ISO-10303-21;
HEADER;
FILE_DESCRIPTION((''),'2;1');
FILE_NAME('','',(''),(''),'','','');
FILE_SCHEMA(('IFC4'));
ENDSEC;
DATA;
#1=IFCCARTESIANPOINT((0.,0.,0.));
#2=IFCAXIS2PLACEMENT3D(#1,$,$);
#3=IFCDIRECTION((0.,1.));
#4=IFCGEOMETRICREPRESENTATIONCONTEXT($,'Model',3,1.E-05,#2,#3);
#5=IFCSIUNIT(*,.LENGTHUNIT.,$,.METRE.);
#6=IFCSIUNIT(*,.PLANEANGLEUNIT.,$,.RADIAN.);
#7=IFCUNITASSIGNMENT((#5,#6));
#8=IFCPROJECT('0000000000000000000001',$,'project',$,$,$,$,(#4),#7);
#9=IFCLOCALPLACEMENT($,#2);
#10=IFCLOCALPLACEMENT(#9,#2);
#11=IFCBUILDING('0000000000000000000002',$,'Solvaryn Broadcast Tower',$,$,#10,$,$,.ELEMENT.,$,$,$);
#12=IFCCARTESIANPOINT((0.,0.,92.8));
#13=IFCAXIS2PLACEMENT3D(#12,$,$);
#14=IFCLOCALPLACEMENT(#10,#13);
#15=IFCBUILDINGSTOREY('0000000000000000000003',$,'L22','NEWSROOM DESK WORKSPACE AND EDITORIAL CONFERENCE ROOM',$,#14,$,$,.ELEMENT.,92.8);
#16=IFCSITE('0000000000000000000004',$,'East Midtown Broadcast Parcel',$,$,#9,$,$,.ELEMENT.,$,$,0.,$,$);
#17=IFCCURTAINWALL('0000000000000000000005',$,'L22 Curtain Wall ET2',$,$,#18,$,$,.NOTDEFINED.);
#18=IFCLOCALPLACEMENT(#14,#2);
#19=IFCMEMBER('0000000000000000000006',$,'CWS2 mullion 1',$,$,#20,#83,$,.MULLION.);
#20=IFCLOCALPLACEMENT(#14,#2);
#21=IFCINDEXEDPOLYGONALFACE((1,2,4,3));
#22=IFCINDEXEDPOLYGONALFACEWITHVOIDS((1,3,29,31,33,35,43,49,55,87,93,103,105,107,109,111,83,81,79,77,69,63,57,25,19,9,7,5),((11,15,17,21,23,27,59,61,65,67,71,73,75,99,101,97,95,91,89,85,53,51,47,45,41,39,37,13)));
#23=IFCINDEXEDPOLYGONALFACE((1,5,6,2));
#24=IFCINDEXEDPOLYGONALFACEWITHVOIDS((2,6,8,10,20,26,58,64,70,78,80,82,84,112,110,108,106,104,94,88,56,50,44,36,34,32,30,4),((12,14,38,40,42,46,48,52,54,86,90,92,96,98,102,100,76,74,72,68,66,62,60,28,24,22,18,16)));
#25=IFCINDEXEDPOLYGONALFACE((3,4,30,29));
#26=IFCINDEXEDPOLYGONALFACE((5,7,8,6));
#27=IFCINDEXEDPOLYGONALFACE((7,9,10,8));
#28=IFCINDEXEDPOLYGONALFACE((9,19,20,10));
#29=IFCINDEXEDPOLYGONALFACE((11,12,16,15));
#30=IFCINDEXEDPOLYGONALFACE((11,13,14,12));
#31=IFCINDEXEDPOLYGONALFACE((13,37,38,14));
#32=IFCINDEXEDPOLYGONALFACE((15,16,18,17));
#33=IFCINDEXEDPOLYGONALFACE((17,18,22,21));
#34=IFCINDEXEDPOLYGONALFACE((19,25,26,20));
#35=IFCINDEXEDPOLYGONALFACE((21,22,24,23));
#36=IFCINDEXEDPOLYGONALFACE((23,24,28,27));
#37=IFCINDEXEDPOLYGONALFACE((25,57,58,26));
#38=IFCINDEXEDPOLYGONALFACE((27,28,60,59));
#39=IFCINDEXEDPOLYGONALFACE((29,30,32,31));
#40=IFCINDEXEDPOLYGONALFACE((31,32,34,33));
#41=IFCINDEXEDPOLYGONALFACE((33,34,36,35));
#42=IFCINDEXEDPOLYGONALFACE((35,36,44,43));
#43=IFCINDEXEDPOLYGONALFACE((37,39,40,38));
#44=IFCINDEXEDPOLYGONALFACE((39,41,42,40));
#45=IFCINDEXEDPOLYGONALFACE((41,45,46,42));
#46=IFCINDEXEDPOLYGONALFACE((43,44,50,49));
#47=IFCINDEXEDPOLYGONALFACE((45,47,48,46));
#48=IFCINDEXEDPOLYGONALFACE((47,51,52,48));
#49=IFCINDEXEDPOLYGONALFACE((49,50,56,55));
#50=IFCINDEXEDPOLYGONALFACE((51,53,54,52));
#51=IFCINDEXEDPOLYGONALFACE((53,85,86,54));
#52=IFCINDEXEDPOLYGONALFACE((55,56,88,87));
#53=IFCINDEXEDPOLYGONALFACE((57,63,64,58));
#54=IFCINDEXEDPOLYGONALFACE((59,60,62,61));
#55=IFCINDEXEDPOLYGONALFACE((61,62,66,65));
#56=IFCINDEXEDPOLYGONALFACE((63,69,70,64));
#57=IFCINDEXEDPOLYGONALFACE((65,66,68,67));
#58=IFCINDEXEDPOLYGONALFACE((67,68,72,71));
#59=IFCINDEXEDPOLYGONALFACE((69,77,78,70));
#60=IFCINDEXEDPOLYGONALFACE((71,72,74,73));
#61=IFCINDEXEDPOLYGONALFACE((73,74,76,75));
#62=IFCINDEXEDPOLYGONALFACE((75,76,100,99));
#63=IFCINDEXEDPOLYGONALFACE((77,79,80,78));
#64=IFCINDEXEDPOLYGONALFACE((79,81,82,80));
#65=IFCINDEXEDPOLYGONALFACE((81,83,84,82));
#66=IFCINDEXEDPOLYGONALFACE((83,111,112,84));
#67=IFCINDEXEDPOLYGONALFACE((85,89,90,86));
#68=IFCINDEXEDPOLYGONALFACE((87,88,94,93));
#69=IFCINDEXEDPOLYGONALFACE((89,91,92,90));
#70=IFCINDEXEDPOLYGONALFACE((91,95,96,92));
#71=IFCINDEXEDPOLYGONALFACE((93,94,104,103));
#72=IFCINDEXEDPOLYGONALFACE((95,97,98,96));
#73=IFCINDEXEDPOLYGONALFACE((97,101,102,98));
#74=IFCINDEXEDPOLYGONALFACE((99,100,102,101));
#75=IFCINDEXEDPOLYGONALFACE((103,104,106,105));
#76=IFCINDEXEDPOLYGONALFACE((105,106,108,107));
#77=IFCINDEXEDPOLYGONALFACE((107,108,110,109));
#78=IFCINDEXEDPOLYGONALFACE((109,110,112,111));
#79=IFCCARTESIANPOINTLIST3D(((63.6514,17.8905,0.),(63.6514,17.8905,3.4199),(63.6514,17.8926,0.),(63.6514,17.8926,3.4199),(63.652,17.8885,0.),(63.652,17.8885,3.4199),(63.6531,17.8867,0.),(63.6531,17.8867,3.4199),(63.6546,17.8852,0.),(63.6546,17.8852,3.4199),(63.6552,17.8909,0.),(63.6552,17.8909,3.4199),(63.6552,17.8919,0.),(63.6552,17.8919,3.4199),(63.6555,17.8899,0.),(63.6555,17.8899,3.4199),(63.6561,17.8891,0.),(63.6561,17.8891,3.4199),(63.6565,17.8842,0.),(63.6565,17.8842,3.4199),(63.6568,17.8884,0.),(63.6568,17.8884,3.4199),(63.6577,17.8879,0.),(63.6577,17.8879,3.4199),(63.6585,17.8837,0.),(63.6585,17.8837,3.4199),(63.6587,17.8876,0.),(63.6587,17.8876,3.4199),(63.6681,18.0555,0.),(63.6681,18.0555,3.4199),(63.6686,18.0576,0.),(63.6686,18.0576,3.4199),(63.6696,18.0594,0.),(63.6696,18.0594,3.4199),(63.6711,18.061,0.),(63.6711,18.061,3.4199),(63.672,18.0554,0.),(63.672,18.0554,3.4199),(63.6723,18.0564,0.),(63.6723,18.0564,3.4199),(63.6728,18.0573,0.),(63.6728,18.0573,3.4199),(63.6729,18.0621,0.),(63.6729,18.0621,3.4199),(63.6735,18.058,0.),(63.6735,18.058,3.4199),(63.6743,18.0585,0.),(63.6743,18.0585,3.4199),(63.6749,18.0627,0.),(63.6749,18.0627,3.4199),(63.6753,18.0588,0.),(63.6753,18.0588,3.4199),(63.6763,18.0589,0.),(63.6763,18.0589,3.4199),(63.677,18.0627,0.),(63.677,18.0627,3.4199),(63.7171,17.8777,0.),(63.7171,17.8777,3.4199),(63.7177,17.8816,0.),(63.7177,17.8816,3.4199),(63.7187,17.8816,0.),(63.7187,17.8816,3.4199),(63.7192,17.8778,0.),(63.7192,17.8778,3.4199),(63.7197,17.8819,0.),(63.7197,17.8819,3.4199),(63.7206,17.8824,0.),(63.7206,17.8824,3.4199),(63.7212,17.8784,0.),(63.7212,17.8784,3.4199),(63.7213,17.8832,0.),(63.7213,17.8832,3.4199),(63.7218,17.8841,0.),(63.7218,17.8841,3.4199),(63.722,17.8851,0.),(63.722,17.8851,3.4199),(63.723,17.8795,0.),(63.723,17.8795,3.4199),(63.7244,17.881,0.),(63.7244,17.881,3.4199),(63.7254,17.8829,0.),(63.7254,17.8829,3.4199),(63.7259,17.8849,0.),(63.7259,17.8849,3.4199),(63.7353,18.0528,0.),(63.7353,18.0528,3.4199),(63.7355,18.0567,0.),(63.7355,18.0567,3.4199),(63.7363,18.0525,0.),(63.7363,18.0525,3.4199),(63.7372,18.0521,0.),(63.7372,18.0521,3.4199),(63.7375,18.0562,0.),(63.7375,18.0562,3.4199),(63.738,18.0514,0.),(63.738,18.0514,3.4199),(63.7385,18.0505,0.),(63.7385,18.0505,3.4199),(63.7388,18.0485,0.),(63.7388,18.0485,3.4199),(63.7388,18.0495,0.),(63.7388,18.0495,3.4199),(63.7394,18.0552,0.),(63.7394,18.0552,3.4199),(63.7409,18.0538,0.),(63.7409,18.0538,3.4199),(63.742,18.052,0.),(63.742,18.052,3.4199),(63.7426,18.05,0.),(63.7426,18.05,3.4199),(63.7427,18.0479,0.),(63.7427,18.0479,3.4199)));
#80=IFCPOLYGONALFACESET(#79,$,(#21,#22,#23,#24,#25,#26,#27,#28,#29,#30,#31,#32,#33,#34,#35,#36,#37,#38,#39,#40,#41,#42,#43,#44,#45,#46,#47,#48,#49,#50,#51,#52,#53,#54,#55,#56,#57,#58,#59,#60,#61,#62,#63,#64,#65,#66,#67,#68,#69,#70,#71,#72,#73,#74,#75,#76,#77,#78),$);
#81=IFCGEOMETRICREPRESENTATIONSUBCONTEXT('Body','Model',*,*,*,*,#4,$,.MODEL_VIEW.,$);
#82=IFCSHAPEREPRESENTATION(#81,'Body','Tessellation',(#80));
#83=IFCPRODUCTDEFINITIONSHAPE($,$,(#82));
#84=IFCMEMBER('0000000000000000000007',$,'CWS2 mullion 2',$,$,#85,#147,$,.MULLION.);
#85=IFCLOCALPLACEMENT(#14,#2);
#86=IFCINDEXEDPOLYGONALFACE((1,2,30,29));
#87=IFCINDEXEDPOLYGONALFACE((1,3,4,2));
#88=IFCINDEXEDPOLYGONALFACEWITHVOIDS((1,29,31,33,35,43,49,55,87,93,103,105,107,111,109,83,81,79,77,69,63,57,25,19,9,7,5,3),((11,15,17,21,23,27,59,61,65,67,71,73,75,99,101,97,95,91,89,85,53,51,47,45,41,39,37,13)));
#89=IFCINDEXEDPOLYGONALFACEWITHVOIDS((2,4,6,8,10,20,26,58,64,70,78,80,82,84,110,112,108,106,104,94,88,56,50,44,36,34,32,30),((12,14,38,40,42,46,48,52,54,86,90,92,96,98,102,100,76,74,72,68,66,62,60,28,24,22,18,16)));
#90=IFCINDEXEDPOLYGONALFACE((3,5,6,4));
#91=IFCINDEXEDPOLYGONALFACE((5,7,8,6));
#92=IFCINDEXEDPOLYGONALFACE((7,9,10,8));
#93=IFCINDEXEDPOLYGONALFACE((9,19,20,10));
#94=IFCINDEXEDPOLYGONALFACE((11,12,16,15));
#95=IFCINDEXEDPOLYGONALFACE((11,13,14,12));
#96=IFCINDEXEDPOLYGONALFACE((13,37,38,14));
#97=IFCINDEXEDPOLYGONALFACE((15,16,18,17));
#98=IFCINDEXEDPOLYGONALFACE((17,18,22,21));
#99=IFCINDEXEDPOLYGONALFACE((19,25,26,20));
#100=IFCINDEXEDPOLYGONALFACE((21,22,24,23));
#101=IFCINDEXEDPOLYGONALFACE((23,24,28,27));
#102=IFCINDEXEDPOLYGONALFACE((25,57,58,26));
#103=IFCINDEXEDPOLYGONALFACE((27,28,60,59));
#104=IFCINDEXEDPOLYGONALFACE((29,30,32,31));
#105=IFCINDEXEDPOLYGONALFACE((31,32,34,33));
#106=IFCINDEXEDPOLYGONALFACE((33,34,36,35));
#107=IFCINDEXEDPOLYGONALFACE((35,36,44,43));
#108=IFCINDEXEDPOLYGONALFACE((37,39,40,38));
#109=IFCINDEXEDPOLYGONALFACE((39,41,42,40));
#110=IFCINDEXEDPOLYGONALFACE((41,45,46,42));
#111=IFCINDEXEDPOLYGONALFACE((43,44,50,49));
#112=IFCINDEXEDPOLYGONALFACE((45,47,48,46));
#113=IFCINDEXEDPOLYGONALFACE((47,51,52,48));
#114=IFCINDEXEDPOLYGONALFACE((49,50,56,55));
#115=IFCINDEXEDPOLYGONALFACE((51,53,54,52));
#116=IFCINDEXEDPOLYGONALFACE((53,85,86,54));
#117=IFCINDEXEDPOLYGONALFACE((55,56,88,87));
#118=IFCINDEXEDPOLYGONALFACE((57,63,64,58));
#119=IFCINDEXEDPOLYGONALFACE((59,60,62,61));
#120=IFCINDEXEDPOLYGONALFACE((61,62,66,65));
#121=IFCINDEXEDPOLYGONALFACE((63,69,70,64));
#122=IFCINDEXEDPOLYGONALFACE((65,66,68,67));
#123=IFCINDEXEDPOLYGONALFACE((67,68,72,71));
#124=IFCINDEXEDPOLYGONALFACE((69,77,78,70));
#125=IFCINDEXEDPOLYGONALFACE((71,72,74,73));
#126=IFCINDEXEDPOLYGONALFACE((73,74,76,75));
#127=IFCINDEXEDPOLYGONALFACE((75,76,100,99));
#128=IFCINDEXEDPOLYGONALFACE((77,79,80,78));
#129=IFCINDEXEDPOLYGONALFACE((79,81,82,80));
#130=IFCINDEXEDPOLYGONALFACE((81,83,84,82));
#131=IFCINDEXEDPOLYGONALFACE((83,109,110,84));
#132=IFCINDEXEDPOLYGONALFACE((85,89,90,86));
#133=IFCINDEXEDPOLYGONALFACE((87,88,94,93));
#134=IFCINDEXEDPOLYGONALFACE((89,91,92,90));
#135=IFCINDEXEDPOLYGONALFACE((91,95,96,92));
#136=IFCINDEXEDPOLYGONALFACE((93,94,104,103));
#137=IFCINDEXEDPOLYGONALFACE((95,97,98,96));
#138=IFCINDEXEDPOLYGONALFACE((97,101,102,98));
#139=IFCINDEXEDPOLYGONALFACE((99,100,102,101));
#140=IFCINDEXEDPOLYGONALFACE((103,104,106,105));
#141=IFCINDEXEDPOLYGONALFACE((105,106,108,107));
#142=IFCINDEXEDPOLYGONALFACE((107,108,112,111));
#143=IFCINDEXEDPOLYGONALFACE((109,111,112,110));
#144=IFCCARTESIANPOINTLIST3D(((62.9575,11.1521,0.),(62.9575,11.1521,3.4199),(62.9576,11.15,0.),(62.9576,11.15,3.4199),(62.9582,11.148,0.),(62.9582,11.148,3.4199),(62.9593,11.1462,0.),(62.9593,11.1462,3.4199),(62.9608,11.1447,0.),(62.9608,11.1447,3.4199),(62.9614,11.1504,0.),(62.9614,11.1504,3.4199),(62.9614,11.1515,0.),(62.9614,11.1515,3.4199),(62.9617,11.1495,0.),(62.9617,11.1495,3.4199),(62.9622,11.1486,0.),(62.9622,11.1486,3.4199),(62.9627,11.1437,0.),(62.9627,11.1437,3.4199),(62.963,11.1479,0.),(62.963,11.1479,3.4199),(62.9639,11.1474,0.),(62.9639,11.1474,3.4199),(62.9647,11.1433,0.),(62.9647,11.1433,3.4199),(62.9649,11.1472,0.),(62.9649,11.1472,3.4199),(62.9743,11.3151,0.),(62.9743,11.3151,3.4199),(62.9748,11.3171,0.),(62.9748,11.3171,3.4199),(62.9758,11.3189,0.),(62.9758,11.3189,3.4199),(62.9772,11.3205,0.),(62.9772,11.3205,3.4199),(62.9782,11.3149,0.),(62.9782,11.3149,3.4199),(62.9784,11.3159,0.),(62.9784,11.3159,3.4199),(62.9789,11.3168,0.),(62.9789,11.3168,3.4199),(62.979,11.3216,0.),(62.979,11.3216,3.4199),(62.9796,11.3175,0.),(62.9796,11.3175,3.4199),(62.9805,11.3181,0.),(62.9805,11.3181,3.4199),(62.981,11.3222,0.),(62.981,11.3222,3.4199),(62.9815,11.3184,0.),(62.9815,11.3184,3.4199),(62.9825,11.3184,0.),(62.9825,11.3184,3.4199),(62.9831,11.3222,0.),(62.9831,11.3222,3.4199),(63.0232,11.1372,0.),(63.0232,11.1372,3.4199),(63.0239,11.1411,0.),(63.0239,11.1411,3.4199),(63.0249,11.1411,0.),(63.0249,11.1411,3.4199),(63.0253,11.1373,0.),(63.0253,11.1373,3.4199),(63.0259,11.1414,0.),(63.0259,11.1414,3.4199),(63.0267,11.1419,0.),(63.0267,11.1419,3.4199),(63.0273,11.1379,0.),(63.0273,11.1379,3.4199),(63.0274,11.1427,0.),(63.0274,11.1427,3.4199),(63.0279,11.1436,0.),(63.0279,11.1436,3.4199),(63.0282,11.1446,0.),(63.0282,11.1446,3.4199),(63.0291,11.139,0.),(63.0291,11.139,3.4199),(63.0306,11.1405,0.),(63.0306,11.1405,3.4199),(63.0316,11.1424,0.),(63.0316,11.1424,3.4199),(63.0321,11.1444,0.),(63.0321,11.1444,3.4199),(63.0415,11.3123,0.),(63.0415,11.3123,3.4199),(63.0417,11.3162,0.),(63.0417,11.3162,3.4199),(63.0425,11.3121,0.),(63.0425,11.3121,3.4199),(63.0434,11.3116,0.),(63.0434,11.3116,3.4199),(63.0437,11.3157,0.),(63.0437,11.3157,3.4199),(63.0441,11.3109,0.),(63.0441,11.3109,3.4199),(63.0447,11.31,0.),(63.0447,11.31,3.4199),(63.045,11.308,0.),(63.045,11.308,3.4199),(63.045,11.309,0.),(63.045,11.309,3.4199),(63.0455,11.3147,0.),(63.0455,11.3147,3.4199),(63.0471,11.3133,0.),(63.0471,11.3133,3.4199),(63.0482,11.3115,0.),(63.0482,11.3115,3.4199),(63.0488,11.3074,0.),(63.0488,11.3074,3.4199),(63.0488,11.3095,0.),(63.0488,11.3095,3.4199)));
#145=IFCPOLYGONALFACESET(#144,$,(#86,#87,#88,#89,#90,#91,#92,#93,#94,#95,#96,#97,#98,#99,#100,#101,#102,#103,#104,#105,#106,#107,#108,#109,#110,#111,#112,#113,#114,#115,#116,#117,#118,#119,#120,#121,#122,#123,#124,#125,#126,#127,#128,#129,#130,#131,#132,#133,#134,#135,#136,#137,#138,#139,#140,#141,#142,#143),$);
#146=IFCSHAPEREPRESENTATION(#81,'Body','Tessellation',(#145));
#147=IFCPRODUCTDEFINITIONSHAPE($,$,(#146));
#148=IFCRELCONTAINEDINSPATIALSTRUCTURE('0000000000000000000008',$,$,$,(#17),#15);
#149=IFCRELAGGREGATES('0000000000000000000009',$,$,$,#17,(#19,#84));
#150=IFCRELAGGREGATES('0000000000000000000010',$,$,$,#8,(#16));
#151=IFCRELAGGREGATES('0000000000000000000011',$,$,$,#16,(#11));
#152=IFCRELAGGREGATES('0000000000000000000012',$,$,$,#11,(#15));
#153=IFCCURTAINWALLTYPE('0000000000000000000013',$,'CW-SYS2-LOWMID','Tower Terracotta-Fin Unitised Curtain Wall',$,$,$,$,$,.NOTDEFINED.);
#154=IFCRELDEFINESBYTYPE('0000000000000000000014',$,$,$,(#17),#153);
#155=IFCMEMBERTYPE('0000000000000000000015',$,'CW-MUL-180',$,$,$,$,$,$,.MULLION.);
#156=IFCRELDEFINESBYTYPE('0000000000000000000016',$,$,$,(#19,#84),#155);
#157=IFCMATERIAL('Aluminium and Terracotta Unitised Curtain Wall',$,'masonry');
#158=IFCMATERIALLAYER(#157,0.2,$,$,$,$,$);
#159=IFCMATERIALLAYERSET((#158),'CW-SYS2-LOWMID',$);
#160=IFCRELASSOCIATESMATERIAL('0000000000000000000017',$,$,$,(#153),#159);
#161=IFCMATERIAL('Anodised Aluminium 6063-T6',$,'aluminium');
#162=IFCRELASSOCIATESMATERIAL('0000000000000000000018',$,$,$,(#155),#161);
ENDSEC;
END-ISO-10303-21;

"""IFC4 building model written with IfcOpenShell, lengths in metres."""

from ifc_helpers import new_model, si_unit, direction, frame, origin, origin_2d, place, context, subcontext, project, spatial, hollow_rectangle, extrude, material, layer, layer_set, material_profile, profile_set, type_object, element, aggregate, save


model = new_model("IFC4")

# Units and contexts
model_context = context("Model", 3, precision=1e-05, world=origin(), true_north=direction((0.0, 1.0)))
body_context = subcontext(model_context, "Body", "Model", "MODEL_VIEW")
ifc_project = project(units=[si_unit("LENGTHUNIT", "METRE"), si_unit("PLANEANGLEUNIT", "RADIAN")], contexts=[model_context])

# Site, building, storey
site_placement = place(None, origin())
site = spatial("IfcSite", under=ifc_project, at=site_placement, Name="East Midtown Broadcast Parcel", CompositionType="ELEMENT", RefElevation=0.0)
building_placement = place(site_placement, origin())
building = spatial("IfcBuilding", under=site, at=building_placement, Name="Solvaryn Broadcast Tower", CompositionType="ELEMENT")
storey_placement = place(building_placement, frame((0.0, 0.0, 92.8)))
storey = spatial("IfcBuildingStorey", under=building, at=storey_placement, Name="L22", Description="NEWSROOM DESK WORKSPACE AND EDITORIAL CONFERENCE ROOM", CompositionType="ELEMENT", Elevation=92.8)

# Shared definitions
ifc_material_1 = material(Name="Aluminium and Terracotta Unitised Curtain Wall", Category="masonry")
ifc_layer_1 = layer(ifc_material_1, 0.2)
ifc_layer_set_1 = layer_set([ifc_layer_1], Name="CW-SYS2-LOWMID")
curtain_wall_type = type_object("IfcCurtainWallType", Name="CW-SYS2-LOWMID", Description="Tower Terracotta-Fin Unitised Curtain Wall", PredefinedType="NOTDEFINED", material=ifc_layer_set_1)
ifc_material_2 = material(Name="Anodised Aluminium 6063-T6", Category="aluminium")
ifc_material_profile_1 = material_profile(ifc_material_2, hollow_rectangle(XDim=0.075, YDim=0.1799, WallThickness=0.0039, InnerFilletRadius=0.0039, OuterFilletRadius=0.0081, at=origin_2d()))
ifc_profile_set_1 = profile_set([ifc_material_profile_1], Name="Anodised Aluminium 6063-T6")
member_type_1 = type_object("IfcMemberType", Name="CW-MUL-180", PredefinedType="MULLION", material=ifc_profile_set_1)

# Curtain wall, members
curtain_wall_1_placement = place(storey_placement, origin())
curtain_wall_1 = element("IfcCurtainWall", 1, at=curtain_wall_1_placement, inside=storey, type_object=curtain_wall_type, Name="L22 Curtain Wall ET2", PredefinedType="NOTDEFINED")
member_1_placement = place(storey_placement, frame((63.697, 17.9702, 0.0), z_axis=(0.0, 0.0, 1.0), x_axis=(0.994743, -0.1024, 0.0)))
member_1 = element("IfcMember", 2, at=member_1_placement, type_object=member_type_1, Name="CWS2 mullion 1", PredefinedType="MULLION", context=body_context, shape_type="SweptSolid", body=[
    extrude(hollow_rectangle(XDim=0.075, YDim=0.1799, WallThickness=0.0039, InnerFilletRadius=0.0039, OuterFilletRadius=0.0081, at=origin_2d()), origin(), (0.0, 0.0, 1.0), 3.4199),
])
member_2_placement = place(storey_placement, frame((63.0032, 11.2297, 0.0), z_axis=(0.0, 0.0, 1.0), x_axis=(0.994743, -0.1024, 0.0)))
member_2 = element("IfcMember", 3, at=member_2_placement, type_object=member_type_1, Name="CWS2 mullion 2", PredefinedType="MULLION", context=body_context, shape_type="SweptSolid", body=[
    extrude(hollow_rectangle(XDim=0.075, YDim=0.1799, WallThickness=0.0039, InnerFilletRadius=0.0039, OuterFilletRadius=0.0081, at=origin_2d()), origin(), (0.0, 0.0, 1.0), 3.4199),
])
aggregate(curtain_wall_1, [member_1, member_2])

save(model, "model.ifc")
